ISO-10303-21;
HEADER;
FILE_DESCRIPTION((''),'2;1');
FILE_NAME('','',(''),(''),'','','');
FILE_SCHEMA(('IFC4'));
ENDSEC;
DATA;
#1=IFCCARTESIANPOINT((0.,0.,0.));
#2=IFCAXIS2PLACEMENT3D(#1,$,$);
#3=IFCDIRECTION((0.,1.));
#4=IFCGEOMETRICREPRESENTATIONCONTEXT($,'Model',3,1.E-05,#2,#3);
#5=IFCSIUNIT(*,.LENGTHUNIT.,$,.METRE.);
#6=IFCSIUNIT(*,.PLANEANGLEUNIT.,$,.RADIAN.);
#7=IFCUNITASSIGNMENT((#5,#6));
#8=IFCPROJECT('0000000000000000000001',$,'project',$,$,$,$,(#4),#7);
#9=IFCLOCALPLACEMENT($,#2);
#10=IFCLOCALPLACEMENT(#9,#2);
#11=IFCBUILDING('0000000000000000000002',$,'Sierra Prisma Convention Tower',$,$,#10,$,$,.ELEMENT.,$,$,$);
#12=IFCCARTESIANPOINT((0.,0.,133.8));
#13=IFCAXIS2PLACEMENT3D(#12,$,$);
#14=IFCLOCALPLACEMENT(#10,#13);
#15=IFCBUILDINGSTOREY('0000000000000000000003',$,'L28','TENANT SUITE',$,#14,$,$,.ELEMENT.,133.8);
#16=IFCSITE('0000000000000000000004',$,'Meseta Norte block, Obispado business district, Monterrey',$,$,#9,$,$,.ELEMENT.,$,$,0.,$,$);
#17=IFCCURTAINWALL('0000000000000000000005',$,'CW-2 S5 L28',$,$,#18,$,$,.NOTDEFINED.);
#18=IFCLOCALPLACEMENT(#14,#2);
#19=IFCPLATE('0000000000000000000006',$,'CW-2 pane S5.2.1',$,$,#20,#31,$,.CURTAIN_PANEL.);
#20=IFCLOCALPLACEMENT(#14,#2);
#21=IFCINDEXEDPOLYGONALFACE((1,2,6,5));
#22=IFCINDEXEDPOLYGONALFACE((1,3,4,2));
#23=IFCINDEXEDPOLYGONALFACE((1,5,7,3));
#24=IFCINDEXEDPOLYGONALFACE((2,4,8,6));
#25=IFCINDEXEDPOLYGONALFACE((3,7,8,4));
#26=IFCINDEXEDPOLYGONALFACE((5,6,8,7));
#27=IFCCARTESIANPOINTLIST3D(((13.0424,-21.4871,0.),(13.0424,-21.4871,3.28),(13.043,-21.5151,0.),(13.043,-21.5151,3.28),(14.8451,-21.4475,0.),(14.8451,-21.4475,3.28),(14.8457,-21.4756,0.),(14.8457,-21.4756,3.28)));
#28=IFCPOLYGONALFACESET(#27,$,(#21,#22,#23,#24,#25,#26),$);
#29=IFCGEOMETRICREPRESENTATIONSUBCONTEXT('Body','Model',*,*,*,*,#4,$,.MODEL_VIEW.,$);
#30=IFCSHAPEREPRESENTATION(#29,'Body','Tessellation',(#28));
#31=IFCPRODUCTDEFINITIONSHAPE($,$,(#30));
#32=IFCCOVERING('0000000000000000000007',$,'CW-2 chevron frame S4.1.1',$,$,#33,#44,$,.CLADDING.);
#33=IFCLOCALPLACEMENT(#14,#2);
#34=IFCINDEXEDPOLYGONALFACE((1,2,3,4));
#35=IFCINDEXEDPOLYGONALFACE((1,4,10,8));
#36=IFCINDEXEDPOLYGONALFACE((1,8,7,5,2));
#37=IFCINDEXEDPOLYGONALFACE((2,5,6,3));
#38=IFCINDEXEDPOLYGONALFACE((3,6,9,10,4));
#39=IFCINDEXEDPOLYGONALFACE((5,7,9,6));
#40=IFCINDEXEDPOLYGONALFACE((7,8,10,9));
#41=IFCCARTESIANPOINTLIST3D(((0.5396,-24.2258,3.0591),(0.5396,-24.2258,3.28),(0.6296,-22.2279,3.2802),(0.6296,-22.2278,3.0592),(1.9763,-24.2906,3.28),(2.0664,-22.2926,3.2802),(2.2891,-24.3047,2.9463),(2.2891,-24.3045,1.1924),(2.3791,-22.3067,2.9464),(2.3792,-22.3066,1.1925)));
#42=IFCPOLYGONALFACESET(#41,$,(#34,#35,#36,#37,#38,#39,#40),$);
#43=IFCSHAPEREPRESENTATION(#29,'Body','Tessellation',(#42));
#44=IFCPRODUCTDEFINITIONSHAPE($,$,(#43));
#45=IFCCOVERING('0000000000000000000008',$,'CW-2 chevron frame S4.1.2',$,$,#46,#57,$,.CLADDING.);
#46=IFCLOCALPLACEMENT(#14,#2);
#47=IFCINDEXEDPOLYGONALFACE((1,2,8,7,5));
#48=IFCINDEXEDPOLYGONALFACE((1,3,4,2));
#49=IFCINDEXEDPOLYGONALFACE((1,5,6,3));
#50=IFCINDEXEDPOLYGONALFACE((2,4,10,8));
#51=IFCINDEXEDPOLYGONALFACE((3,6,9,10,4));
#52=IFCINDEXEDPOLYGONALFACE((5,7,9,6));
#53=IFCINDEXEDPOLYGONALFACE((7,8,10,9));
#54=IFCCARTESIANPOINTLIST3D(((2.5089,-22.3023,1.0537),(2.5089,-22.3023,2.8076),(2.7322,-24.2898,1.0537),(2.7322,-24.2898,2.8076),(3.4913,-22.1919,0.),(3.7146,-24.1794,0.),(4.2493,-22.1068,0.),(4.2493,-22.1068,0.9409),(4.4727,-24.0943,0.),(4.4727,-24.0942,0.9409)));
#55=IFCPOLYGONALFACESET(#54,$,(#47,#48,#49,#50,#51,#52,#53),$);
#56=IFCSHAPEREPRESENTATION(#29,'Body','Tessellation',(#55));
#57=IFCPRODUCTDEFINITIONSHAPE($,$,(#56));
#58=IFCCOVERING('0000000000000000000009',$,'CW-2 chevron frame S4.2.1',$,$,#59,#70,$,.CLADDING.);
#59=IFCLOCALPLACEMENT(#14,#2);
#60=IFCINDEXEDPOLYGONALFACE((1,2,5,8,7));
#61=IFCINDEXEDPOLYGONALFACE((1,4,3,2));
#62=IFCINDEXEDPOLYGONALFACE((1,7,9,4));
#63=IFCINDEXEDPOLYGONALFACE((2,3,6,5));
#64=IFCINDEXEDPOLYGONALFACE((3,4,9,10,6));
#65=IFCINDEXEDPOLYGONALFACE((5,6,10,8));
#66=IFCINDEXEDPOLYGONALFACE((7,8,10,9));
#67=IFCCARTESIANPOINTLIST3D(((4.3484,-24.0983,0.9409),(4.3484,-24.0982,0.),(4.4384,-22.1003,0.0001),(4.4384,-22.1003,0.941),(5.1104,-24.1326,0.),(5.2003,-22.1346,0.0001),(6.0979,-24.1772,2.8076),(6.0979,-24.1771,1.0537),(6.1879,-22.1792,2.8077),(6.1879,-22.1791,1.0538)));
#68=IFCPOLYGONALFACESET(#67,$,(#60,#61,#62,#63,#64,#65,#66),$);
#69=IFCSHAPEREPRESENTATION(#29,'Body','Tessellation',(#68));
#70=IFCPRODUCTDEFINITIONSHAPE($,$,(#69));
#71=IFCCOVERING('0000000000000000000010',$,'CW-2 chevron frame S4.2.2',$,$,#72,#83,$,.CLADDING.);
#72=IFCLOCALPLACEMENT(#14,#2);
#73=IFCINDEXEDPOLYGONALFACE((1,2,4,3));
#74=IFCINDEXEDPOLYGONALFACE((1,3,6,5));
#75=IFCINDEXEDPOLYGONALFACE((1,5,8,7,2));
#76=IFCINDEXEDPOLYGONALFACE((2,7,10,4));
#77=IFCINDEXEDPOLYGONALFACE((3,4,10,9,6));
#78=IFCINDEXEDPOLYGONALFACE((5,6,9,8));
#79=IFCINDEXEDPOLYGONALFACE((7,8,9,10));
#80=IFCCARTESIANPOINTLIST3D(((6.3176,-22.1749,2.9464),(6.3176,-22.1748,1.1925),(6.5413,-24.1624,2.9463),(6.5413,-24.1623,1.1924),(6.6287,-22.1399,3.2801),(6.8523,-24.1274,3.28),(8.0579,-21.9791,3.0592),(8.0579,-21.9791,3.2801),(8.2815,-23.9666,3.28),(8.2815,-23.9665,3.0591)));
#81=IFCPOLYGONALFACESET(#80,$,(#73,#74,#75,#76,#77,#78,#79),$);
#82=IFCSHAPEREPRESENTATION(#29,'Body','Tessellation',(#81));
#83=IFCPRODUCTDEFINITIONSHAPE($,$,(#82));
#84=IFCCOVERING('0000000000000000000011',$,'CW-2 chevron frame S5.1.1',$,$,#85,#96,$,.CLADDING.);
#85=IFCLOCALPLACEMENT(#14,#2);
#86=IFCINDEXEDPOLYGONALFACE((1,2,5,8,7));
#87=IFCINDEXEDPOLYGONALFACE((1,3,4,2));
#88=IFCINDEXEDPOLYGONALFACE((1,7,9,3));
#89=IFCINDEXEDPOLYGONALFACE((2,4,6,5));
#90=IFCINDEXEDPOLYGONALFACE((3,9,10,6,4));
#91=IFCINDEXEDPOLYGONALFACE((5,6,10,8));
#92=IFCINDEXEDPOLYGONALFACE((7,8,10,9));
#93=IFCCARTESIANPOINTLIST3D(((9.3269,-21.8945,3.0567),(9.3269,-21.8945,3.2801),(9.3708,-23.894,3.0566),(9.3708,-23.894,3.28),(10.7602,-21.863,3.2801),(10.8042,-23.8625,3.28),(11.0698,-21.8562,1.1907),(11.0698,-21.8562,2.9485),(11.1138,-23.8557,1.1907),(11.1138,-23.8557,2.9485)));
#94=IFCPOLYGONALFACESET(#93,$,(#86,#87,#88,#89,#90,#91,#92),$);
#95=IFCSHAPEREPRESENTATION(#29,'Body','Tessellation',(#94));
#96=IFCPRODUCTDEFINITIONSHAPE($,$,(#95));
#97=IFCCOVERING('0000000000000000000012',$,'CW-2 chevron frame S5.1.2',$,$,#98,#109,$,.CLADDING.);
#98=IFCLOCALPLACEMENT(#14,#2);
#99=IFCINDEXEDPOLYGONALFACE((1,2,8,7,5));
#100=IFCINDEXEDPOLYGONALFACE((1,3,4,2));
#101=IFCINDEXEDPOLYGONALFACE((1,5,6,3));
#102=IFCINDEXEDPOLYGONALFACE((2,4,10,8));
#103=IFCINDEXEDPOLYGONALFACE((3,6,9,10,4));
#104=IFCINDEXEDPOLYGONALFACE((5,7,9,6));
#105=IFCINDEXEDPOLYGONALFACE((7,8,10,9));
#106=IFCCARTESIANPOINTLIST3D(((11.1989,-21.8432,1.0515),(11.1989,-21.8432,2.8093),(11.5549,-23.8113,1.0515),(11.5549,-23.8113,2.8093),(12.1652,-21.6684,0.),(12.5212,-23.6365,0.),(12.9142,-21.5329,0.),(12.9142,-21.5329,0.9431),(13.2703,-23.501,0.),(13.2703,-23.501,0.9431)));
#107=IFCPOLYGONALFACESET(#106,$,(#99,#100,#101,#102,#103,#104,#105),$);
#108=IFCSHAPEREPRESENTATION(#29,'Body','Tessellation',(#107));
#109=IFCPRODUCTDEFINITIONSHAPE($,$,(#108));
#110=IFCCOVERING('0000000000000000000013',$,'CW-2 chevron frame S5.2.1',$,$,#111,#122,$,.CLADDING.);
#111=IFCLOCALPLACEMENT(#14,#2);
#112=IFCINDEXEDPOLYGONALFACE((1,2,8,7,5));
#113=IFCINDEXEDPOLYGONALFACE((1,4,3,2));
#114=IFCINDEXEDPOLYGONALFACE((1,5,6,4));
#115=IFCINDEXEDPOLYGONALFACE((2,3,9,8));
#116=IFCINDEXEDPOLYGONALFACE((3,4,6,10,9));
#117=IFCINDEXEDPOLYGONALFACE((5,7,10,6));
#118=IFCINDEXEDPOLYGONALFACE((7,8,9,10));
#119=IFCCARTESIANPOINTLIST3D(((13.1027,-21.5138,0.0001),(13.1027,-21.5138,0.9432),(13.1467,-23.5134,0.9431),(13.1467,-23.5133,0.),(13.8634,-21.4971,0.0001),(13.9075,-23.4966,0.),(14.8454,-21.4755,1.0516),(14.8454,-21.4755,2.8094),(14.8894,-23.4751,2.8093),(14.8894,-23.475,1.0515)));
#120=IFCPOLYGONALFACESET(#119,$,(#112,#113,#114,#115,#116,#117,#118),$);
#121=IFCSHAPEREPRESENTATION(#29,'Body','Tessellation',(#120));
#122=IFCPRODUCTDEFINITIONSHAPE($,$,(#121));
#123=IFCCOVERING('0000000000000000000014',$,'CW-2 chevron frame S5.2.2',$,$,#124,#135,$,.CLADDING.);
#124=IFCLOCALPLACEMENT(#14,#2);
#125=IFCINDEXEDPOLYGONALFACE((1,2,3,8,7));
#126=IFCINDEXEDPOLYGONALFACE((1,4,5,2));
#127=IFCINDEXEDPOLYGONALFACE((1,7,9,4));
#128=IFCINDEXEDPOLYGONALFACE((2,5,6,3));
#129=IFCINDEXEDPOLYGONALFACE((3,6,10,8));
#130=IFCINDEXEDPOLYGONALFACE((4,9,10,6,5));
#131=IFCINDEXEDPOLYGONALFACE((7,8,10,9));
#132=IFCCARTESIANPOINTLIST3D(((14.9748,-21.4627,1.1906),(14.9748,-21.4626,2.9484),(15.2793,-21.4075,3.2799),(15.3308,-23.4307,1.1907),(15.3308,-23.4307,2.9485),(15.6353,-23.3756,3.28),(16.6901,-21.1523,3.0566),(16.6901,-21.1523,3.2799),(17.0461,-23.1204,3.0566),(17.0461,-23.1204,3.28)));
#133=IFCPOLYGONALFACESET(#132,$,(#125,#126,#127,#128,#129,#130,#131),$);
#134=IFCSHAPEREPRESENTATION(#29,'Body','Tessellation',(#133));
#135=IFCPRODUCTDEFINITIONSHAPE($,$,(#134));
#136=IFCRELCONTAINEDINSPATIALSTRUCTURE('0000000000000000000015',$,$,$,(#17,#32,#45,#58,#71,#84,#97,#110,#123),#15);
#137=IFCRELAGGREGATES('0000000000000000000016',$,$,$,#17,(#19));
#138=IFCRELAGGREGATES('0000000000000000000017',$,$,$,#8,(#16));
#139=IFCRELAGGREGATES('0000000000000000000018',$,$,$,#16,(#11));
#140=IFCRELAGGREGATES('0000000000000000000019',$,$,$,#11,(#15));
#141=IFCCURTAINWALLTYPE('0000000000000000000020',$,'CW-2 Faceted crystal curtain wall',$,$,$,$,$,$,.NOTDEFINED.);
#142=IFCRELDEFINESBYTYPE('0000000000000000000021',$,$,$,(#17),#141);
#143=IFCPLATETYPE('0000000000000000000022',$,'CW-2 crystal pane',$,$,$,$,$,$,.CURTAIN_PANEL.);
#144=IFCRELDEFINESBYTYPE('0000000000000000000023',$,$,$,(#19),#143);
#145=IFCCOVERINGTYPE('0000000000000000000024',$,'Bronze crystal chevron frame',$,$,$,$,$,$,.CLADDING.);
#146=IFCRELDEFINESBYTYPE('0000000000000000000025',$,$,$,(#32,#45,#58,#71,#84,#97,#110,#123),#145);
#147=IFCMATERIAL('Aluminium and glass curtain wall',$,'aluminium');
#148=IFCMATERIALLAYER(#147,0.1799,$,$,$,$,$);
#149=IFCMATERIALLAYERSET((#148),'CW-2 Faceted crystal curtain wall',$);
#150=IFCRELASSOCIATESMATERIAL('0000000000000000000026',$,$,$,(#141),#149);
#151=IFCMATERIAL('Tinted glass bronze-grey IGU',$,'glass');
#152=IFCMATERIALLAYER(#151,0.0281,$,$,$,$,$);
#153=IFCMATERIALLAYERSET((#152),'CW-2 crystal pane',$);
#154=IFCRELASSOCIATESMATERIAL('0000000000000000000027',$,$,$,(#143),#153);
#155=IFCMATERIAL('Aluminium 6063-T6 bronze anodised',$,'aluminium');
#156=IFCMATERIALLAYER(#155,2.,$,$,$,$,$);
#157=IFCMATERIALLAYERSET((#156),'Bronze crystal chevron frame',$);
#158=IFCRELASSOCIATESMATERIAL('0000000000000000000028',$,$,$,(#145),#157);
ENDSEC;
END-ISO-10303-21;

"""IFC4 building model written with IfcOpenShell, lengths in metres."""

from ifc_helpers import new_model, si_unit, direction, frame, origin, place, context, subcontext, project, spatial, polyline, outline, extrude, material, layer, layer_set, type_object, element, aggregate, save


model = new_model("IFC4")

# Units and contexts
model_context = context("Model", 3, precision=1e-05, world=origin(), true_north=direction((0.0, 1.0)))
body_context = subcontext(model_context, "Body", "Model", "MODEL_VIEW")
ifc_project = project(units=[si_unit("LENGTHUNIT", "METRE"), si_unit("PLANEANGLEUNIT", "RADIAN")], contexts=[model_context])

# Site, building, storey
site_placement = place(None, origin())
site = spatial("IfcSite", under=ifc_project, at=site_placement, Name="Meseta Norte block, Obispado business district, Monterrey", CompositionType="ELEMENT", RefElevation=0.0)
building_placement = place(site_placement, origin())
building = spatial("IfcBuilding", under=site, at=building_placement, Name="Sierra Prisma Convention Tower", CompositionType="ELEMENT")
storey_placement = place(building_placement, frame((0.0, 0.0, 133.8)))
storey = spatial("IfcBuildingStorey", under=building, at=storey_placement, Name="L28", Description="TENANT SUITE", CompositionType="ELEMENT", Elevation=133.8)

# Curtain wall
ifc_material_1 = material(Name="Aluminium and glass curtain wall", Category="aluminium")
ifc_layer_1 = layer(ifc_material_1, 0.1799)
ifc_layer_set_1 = layer_set([ifc_layer_1], Name="CW-2 Faceted crystal curtain wall")
curtain_wall_type = type_object("IfcCurtainWallType", Name="CW-2 Faceted crystal curtain wall", PredefinedType="NOTDEFINED", material=ifc_layer_set_1)
curtain_wall_1_placement = place(storey_placement, origin())
curtain_wall_1 = element("IfcCurtainWall", 1, at=curtain_wall_1_placement, inside=storey, type_object=curtain_wall_type, Name="CW-2 S5 L28", PredefinedType="NOTDEFINED")

# Plate
ifc_material_2 = material(Name="Tinted glass bronze-grey IGU", Category="glass")
ifc_layer_2 = layer(ifc_material_2, 0.0281)
ifc_layer_set_2 = layer_set([ifc_layer_2], Name="CW-2 crystal pane")
plate_type = type_object("IfcPlateType", Name="CW-2 crystal pane", PredefinedType="CURTAIN_PANEL", material=ifc_layer_set_2)
plate_1_placement = place(storey_placement, frame((13.043, -21.5151, 0.0), z_axis=(0.021934, -0.999759, 0.0), x_axis=(0.999759, 0.021934, 0.0)))
plate_1 = element("IfcPlate", 2, at=plate_1_placement, type_object=plate_type, Name="CW-2 pane S5.2.1", PredefinedType="CURTAIN_PANEL", context=body_context, shape_type="SweptSolid", body=[
    extrude(outline(polyline([(0.0, 0.0), (1.8032, 0.0), (1.8032, 3.28), (0.0, 3.28), (0.0, 0.0)])), origin(), (0.0, 0.0, -1.0), 0.0281),
])
aggregate(curtain_wall_1, [plate_1])

# Coverings
ifc_material_3 = material(Name="Aluminium 6063-T6 bronze anodised", Category="aluminium")
ifc_layer_3 = layer(ifc_material_3, 2.0)
ifc_layer_set_3 = layer_set([ifc_layer_3], Name="Bronze crystal chevron frame")
covering_type = type_object("IfcCoveringType", Name="Bronze crystal chevron frame", PredefinedType="CLADDING", material=ifc_layer_set_3)
covering_1_placement = place(storey_placement, frame((0.5396, -24.2258, 3.28), z_axis=(-0.045044, -0.998985, -0.00008), x_axis=(0.000004, 0.00008, -1.0)))
element("IfcCovering", 3, at=covering_1_placement, inside=storey, type_object=covering_type, Name="CW-2 chevron frame S4.1.1", PredefinedType="CLADDING", context=body_context, shape_type="SweptSolid", body=[
    extrude(outline(polyline([(0.0, 0.0), (0.2209, 0.0), (2.0876, 1.7513), (0.3337, 1.7513), (0.0, 1.4382), (0.0, 0.0)])), origin(), (0.0, 0.0, -1.0), 2.0),
])
covering_2_placement = place(storey_placement, frame((2.7322, -24.2898, 2.8076), z_axis=(0.111661, -0.993746, 0.00001), x_axis=(0.000001, -0.00001, -1.0)))
element("IfcCovering", 4, at=covering_2_placement, inside=storey, type_object=covering_type, Name="CW-2 chevron frame S4.1.2", PredefinedType="CLADDING", context=body_context, shape_type="SweptSolid", body=[
    extrude(outline(polyline([(0.0, 0.0), (1.7539, 0.0), (2.8076, 0.9886), (2.8076, 1.7514), (1.8667, 1.7514), (0.0, 0.0)])), origin(), (0.0, 0.0, -1.0), 2.0),
])
covering_3_placement = place(storey_placement, frame((5.1104, -24.1326, 0.0), z_axis=(-0.044997, -0.998987, -0.000052), x_axis=(0.683506, -0.030825, 0.729294)))
element("IfcCovering", 5, at=covering_3_placement, inside=storey, type_object=covering_type, Name="CW-2 chevron frame S4.2.1", PredefinedType="CLADDING", context=body_context, shape_type="SweptSolid", body=[
    extrude(outline(polyline([(0.0, 0.0), (1.4448, 0.0), (2.724, 1.2), (0.1643, 1.2), (-0.5219, 0.5563), (0.0, 0.0)])), origin(), (0.0, 0.0, -1.0), 2.0),
])
covering_4_placement = place(storey_placement, frame((8.2815, -23.9666, 3.28), z_axis=(0.111816, -0.993729, -0.000037), x_axis=(-0.993729, -0.111816, 0.0)))
element("IfcCovering", 6, at=covering_4_placement, inside=storey, type_object=covering_type, Name="CW-2 chevron frame S4.2.2", PredefinedType="CLADDING", context=body_context, shape_type="SweptSolid", body=[
    extrude(outline(polyline([(0.0, 0.0), (1.4382, 0.0), (1.7512, 0.3337), (1.7512, 2.0876), (0.0, 0.2209), (0.0, 0.0)])), origin(), (0.0, 0.0, -1.0), 2.0),
])
covering_5_placement = place(storey_placement, frame((9.3708, -23.894, 3.28), z_axis=(0.021984, -0.999758, -0.000012), x_axis=(0.0, 0.000012, -1.0)))
element("IfcCovering", 7, at=covering_5_placement, inside=storey, type_object=covering_type, Name="CW-2 chevron frame S5.1.1", PredefinedType="CLADDING", context=body_context, shape_type="SweptSolid", body=[
    extrude(outline(polyline([(0.0, 0.0), (0.2234, 0.0), (2.0894, 1.7433), (0.3315, 1.7433), (0.0, 1.4337), (0.0, 0.0)])), origin(), (0.0, 0.0, -1.0), 2.0),
])
covering_6_placement = place(storey_placement, frame((11.5549, -23.8113, 2.8093), z_axis=(0.17801, -0.984029, 0.0), x_axis=(0.0, 0.0, -1.0)))
element("IfcCovering", 8, at=covering_6_placement, inside=storey, type_object=covering_type, Name="CW-2 chevron frame S5.1.2", PredefinedType="CLADDING", context=body_context, shape_type="SweptSolid", body=[
    extrude(outline(polyline([(0.0, 0.0), (1.7578, 0.0), (2.8093, 0.982), (2.8093, 1.7432), (1.8662, 1.7432), (0.0, 0.0)])), origin(), (0.0, 0.0, -1.0), 2.0),
])
covering_7_placement = place(storey_placement, frame((13.9075, -23.4966, 0.0), z_axis=(0.022011, -0.999758, -0.000036), x_axis=(0.682434, 0.014999, 0.730793)))
element("IfcCovering", 9, at=covering_7_placement, inside=storey, type_object=covering_type, Name="CW-2 chevron frame S5.2.1", PredefinedType="CLADDING", context=body_context, shape_type="SweptSolid", body=[
    extrude(outline(polyline([(0.0, 0.0), (1.4389, 0.0), (2.7235, 1.1999), (0.1698, 1.1999), (-0.5194, 0.5561), (0.0, 0.0)])), origin(), (0.0, 0.0, -1.0), 2.0),
])
covering_8_placement = place(storey_placement, frame((17.0461, -23.1204, 3.28), z_axis=(0.178002, -0.98403, 0.000045), x_axis=(-0.98403, -0.178002, 0.0)))
element("IfcCovering", 10, at=covering_8_placement, inside=storey, type_object=covering_type, Name="CW-2 chevron frame S5.2.2", PredefinedType="CLADDING", context=body_context, shape_type="SweptSolid", body=[
    extrude(outline(polyline([(0.0, 0.0), (1.4338, 0.0), (1.7432, 0.3315), (1.7432, 2.0894), (0.0, 0.2234), (0.0, 0.0)])), origin(), (0.0, 0.0, -1.0), 2.0),
])

save(model, "model.ifc")
